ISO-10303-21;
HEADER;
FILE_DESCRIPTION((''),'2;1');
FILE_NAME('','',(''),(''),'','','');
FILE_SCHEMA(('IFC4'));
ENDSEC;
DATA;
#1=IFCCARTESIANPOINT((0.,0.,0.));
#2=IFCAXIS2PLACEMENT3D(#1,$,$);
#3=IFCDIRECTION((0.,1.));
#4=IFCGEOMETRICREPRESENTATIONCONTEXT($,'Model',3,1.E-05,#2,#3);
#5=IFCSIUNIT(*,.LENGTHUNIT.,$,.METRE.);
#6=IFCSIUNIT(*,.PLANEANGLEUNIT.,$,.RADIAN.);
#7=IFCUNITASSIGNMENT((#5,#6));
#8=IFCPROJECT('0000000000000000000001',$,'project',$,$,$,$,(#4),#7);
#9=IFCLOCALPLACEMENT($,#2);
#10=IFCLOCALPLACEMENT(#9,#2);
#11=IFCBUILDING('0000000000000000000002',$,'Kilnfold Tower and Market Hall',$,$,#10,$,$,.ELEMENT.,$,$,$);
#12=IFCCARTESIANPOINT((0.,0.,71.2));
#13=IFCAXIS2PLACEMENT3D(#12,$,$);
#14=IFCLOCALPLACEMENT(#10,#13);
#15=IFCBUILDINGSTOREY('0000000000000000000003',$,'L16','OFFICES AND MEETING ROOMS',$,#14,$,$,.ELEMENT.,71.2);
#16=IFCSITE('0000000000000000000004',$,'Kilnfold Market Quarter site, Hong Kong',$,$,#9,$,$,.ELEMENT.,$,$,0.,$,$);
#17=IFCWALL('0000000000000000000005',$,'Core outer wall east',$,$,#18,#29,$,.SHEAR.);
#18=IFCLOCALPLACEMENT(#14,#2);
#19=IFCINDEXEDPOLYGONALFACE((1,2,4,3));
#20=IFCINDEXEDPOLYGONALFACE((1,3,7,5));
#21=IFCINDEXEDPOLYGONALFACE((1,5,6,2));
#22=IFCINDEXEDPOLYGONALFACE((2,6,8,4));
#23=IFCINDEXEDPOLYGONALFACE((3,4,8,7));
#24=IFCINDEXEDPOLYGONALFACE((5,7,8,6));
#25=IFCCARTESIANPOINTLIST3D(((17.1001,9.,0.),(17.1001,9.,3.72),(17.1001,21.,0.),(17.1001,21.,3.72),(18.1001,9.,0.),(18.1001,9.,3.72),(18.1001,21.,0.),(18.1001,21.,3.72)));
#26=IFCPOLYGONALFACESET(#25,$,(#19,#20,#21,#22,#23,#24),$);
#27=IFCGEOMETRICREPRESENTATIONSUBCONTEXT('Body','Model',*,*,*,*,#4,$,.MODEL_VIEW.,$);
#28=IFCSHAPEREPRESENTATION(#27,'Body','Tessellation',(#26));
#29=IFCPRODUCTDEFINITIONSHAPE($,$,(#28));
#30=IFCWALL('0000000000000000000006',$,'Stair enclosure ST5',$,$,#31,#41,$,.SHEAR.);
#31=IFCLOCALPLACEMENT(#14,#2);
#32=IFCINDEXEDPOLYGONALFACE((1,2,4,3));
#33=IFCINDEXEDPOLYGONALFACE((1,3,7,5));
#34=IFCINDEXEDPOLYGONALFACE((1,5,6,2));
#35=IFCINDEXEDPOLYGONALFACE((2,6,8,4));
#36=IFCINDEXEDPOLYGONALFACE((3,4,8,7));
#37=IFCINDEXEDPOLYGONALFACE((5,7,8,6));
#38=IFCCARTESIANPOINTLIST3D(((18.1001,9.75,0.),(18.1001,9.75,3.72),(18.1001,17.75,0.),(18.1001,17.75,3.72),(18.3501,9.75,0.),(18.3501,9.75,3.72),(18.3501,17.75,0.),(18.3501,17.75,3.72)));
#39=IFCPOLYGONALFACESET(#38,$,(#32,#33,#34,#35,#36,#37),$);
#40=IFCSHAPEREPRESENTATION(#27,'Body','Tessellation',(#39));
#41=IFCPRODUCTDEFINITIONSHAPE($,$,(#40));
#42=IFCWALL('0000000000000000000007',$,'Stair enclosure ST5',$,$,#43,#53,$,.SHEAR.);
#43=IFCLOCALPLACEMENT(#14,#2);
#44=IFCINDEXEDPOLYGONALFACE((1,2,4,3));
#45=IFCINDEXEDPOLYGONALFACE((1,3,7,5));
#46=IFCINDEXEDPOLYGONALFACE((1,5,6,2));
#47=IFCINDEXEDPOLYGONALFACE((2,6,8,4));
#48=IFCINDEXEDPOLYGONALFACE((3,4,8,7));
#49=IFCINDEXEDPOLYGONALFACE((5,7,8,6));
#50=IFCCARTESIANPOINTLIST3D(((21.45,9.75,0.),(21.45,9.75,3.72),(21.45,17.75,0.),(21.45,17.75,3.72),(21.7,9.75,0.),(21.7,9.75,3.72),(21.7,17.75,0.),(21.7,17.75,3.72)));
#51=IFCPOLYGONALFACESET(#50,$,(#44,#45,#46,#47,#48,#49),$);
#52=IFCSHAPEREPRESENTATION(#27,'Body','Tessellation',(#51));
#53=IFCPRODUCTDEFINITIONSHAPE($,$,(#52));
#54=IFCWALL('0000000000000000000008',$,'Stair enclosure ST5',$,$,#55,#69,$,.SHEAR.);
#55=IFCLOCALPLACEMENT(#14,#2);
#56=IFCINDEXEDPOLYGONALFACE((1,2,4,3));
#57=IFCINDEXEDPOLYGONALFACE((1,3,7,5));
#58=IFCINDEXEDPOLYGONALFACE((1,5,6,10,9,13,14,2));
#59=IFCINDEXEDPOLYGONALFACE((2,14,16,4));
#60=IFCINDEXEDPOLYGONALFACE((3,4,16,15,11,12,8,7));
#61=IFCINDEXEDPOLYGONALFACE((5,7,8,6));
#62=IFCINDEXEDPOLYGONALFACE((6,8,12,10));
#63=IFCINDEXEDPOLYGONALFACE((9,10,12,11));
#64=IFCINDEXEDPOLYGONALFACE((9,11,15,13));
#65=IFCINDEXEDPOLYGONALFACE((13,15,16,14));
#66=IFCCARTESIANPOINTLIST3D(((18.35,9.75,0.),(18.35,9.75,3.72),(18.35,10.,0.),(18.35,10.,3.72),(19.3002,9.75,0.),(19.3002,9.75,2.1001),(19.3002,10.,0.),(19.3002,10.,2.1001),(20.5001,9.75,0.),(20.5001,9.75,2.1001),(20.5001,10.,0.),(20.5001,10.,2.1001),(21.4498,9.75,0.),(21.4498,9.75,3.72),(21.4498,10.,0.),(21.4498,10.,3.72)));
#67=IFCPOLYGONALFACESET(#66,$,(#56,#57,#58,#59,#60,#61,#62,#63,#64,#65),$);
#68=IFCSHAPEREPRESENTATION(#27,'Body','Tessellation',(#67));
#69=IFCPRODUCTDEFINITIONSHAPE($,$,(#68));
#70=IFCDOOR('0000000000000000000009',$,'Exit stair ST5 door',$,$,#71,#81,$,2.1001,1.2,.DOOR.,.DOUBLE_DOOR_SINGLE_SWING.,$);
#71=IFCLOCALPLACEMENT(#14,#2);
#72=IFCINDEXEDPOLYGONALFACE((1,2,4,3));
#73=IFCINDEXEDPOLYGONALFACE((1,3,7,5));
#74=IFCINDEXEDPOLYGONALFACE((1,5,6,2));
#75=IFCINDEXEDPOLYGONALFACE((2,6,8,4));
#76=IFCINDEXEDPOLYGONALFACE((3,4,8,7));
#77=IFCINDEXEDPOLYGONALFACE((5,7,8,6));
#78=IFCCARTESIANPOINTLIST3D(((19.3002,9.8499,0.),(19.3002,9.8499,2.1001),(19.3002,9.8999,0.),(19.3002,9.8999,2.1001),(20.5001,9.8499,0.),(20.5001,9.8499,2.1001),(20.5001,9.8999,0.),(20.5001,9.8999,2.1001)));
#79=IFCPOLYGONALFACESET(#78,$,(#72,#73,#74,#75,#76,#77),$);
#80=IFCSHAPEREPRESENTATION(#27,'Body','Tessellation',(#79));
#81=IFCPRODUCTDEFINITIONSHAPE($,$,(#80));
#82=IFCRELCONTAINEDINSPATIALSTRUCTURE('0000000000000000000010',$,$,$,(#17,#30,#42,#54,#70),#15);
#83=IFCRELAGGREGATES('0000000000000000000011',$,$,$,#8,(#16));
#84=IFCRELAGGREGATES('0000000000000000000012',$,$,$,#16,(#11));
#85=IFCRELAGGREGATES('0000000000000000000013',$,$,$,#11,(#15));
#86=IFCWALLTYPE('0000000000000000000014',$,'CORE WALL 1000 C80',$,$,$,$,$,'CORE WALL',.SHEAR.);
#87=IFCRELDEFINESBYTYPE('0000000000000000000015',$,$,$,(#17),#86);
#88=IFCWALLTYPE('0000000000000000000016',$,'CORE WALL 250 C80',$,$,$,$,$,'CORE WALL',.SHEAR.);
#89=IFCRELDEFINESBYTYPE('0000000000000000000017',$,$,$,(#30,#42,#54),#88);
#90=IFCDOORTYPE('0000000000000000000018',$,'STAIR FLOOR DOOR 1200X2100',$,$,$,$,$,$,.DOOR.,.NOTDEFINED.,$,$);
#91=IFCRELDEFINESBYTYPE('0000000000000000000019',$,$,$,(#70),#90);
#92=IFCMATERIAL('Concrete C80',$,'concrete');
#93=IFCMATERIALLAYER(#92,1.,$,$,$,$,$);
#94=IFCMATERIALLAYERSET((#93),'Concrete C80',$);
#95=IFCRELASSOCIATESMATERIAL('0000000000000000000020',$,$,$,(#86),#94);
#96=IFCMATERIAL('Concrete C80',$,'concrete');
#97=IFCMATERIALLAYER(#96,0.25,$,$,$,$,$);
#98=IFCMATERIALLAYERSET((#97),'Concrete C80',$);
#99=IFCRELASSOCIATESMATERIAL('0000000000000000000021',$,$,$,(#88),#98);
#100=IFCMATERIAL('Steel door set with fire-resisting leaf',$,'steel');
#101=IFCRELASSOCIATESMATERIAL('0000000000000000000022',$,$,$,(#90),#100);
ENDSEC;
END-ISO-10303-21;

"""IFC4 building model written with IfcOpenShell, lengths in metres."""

from ifc_helpers import new_model, si_unit, direction, frame, frame_2d, origin, place, context, subcontext, project, spatial, rectangle, extrude, source, transform, mapped, material, layer, layer_set, type_object, element, fill, save


model = new_model("IFC4")

# Units and contexts
model_context = context("Model", 3, precision=1e-05, world=origin(), true_north=direction((0.0, 1.0)))
body_context = subcontext(model_context, "Body", "Model", "MODEL_VIEW")
ifc_project = project(units=[si_unit("LENGTHUNIT", "METRE"), si_unit("PLANEANGLEUNIT", "RADIAN")], contexts=[model_context])

# Site, building, storey
site_placement = place(None, origin())
site = spatial("IfcSite", under=ifc_project, at=site_placement, Name="Kilnfold Market Quarter site, Hong Kong", CompositionType="ELEMENT", RefElevation=0.0)
building_placement = place(site_placement, origin())
building = spatial("IfcBuilding", under=site, at=building_placement, Name="Kilnfold Tower and Market Hall", CompositionType="ELEMENT")
storey_placement = place(building_placement, frame((0.0, 0.0, 71.2)))
storey = spatial("IfcBuildingStorey", under=building, at=storey_placement, Name="L16", Description="OFFICES AND MEETING ROOMS", CompositionType="ELEMENT", Elevation=71.2)

# Walls
ifc_material_1 = material(Name="Concrete C80", Category="concrete")
ifc_layer_1 = layer(ifc_material_1, 1.0)
ifc_layer_set_1 = layer_set([ifc_layer_1], Name="Concrete C80")
wall_type_1 = type_object("IfcWallType", Name="CORE WALL 1000 C80", ElementType="CORE WALL", PredefinedType="SHEAR", material=ifc_layer_set_1)
shared_shape_1 = source(origin(), body_context, "Body", "SweptSolid", [
    extrude(rectangle(XDim=12.0, YDim=1.0, at=frame_2d((6.0, 0.0))), origin(), (0.0, 0.0, 1.0), 3.72),
])
wall_1_placement = place(storey_placement, frame((17.6001, 9.0, 0.0), z_axis=(0.0, 0.0, 1.0), x_axis=(0.0, 1.0, 0.0)))
element("IfcWall", 1, at=wall_1_placement, inside=storey, type_object=wall_type_1, Name="Core outer wall east", PredefinedType="SHEAR", context=body_context, shape_type="MappedRepresentation", body=[
    mapped(shared_shape_1, transform((0.0, 0.0, 0.0))),
])
ifc_material_2 = material(Name="Concrete C80", Category="concrete")
ifc_layer_2 = layer(ifc_material_2, 0.25)
ifc_layer_set_2 = layer_set([ifc_layer_2], Name="Concrete C80")
wall_type_2 = type_object("IfcWallType", Name="CORE WALL 250 C80", ElementType="CORE WALL", PredefinedType="SHEAR", material=ifc_layer_set_2)
shared_shape_2 = source(origin(), body_context, "Body", "SweptSolid", [
    extrude(rectangle(XDim=8.0, YDim=0.25, at=frame_2d((4.0, 0.0))), origin(), (0.0, 0.0, 1.0), 3.72),
])
for number, where, z_axis, x_axis, name in (
    (2, (18.2251, 9.75, 0.0), (0.0, 0.0, 1.0), (0.0, 1.0, 0.0), "Stair enclosure ST5"),
    (3, (21.575, 9.75, 0.0), (0.0, 0.0, 1.0), (0.0, 1.0, 0.0), "Stair enclosure ST5"),
):
    element("IfcWall", number, at=place(storey_placement, frame(where, z_axis=z_axis, x_axis=x_axis)), inside=storey, type_object=wall_type_2, Name=name, PredefinedType="SHEAR", context=body_context, shape_type="MappedRepresentation", body=[
        mapped(shared_shape_2, transform((0.0, 0.0, 0.0))),
    ])

# Wall, opening, door
shared_shape_3 = source(origin(), body_context, "Body", "SweptSolid", [
    extrude(rectangle(XDim=3.0999, YDim=0.25, at=frame_2d((1.5498, 0.0))), origin(), (0.0, 0.0, 1.0), 3.72),
])
wall_2_placement = place(storey_placement, frame((18.3501, 9.875, 0.0), z_axis=(0.0, 0.0, 1.0), x_axis=(1.0, 0.0, 0.0)))
wall_2 = element("IfcWall", 4, at=wall_2_placement, inside=storey, type_object=wall_type_2, Name="Stair enclosure ST5", PredefinedType="SHEAR", context=body_context, shape_type="MappedRepresentation", body=[
    mapped(shared_shape_3, transform((0.0, 0.0, 0.0))),
])
opening_1_placement = place(wall_2_placement, frame((0.95, 0.0, 0.0)))
opening_1 = element("IfcOpeningElement", 5, at=opening_1_placement, cuts=wall_2, PredefinedType="OPENING", context=body_context, shape_type="SweptSolid", body=[
    extrude(rectangle(XDim=1.2, YDim=2.1001, at=frame_2d((0.6001, 1.05))), frame((0.0, 0.135, 0.0), z_axis=(0.0, -1.0, 0.0), x_axis=(1.0, 0.0, 0.0)), (0.0, 0.0, 1.0), 0.27),
])
ifc_material_3 = material(Name="Steel door set with fire-resisting leaf", Category="steel")
door_type_1 = type_object("IfcDoorType", Name="STAIR FLOOR DOOR 1200X2100", OperationType="NOTDEFINED", PredefinedType="DOOR", material=ifc_material_3)
door_1_placement = place(opening_1_placement, origin())
door_1 = element("IfcDoor", 6, at=door_1_placement, inside=storey, type_object=door_type_1, Name="Exit stair ST5 door", OperationType="DOUBLE_DOOR_SINGLE_SWING", OverallHeight=2.1001, OverallWidth=1.2, PredefinedType="DOOR", context=body_context, shape_type="SweptSolid", body=[
    extrude(rectangle(XDim=1.2, YDim=2.1001, at=frame_2d((0.6001, 1.05))), frame((0.0, 0.0249, 0.0), z_axis=(0.0, -1.0, 0.0), x_axis=(1.0, 0.0, 0.0)), (0.0, 0.0, 1.0), 0.05),
])
fill(opening_1, door_1)

save(model, "model.ifc")
